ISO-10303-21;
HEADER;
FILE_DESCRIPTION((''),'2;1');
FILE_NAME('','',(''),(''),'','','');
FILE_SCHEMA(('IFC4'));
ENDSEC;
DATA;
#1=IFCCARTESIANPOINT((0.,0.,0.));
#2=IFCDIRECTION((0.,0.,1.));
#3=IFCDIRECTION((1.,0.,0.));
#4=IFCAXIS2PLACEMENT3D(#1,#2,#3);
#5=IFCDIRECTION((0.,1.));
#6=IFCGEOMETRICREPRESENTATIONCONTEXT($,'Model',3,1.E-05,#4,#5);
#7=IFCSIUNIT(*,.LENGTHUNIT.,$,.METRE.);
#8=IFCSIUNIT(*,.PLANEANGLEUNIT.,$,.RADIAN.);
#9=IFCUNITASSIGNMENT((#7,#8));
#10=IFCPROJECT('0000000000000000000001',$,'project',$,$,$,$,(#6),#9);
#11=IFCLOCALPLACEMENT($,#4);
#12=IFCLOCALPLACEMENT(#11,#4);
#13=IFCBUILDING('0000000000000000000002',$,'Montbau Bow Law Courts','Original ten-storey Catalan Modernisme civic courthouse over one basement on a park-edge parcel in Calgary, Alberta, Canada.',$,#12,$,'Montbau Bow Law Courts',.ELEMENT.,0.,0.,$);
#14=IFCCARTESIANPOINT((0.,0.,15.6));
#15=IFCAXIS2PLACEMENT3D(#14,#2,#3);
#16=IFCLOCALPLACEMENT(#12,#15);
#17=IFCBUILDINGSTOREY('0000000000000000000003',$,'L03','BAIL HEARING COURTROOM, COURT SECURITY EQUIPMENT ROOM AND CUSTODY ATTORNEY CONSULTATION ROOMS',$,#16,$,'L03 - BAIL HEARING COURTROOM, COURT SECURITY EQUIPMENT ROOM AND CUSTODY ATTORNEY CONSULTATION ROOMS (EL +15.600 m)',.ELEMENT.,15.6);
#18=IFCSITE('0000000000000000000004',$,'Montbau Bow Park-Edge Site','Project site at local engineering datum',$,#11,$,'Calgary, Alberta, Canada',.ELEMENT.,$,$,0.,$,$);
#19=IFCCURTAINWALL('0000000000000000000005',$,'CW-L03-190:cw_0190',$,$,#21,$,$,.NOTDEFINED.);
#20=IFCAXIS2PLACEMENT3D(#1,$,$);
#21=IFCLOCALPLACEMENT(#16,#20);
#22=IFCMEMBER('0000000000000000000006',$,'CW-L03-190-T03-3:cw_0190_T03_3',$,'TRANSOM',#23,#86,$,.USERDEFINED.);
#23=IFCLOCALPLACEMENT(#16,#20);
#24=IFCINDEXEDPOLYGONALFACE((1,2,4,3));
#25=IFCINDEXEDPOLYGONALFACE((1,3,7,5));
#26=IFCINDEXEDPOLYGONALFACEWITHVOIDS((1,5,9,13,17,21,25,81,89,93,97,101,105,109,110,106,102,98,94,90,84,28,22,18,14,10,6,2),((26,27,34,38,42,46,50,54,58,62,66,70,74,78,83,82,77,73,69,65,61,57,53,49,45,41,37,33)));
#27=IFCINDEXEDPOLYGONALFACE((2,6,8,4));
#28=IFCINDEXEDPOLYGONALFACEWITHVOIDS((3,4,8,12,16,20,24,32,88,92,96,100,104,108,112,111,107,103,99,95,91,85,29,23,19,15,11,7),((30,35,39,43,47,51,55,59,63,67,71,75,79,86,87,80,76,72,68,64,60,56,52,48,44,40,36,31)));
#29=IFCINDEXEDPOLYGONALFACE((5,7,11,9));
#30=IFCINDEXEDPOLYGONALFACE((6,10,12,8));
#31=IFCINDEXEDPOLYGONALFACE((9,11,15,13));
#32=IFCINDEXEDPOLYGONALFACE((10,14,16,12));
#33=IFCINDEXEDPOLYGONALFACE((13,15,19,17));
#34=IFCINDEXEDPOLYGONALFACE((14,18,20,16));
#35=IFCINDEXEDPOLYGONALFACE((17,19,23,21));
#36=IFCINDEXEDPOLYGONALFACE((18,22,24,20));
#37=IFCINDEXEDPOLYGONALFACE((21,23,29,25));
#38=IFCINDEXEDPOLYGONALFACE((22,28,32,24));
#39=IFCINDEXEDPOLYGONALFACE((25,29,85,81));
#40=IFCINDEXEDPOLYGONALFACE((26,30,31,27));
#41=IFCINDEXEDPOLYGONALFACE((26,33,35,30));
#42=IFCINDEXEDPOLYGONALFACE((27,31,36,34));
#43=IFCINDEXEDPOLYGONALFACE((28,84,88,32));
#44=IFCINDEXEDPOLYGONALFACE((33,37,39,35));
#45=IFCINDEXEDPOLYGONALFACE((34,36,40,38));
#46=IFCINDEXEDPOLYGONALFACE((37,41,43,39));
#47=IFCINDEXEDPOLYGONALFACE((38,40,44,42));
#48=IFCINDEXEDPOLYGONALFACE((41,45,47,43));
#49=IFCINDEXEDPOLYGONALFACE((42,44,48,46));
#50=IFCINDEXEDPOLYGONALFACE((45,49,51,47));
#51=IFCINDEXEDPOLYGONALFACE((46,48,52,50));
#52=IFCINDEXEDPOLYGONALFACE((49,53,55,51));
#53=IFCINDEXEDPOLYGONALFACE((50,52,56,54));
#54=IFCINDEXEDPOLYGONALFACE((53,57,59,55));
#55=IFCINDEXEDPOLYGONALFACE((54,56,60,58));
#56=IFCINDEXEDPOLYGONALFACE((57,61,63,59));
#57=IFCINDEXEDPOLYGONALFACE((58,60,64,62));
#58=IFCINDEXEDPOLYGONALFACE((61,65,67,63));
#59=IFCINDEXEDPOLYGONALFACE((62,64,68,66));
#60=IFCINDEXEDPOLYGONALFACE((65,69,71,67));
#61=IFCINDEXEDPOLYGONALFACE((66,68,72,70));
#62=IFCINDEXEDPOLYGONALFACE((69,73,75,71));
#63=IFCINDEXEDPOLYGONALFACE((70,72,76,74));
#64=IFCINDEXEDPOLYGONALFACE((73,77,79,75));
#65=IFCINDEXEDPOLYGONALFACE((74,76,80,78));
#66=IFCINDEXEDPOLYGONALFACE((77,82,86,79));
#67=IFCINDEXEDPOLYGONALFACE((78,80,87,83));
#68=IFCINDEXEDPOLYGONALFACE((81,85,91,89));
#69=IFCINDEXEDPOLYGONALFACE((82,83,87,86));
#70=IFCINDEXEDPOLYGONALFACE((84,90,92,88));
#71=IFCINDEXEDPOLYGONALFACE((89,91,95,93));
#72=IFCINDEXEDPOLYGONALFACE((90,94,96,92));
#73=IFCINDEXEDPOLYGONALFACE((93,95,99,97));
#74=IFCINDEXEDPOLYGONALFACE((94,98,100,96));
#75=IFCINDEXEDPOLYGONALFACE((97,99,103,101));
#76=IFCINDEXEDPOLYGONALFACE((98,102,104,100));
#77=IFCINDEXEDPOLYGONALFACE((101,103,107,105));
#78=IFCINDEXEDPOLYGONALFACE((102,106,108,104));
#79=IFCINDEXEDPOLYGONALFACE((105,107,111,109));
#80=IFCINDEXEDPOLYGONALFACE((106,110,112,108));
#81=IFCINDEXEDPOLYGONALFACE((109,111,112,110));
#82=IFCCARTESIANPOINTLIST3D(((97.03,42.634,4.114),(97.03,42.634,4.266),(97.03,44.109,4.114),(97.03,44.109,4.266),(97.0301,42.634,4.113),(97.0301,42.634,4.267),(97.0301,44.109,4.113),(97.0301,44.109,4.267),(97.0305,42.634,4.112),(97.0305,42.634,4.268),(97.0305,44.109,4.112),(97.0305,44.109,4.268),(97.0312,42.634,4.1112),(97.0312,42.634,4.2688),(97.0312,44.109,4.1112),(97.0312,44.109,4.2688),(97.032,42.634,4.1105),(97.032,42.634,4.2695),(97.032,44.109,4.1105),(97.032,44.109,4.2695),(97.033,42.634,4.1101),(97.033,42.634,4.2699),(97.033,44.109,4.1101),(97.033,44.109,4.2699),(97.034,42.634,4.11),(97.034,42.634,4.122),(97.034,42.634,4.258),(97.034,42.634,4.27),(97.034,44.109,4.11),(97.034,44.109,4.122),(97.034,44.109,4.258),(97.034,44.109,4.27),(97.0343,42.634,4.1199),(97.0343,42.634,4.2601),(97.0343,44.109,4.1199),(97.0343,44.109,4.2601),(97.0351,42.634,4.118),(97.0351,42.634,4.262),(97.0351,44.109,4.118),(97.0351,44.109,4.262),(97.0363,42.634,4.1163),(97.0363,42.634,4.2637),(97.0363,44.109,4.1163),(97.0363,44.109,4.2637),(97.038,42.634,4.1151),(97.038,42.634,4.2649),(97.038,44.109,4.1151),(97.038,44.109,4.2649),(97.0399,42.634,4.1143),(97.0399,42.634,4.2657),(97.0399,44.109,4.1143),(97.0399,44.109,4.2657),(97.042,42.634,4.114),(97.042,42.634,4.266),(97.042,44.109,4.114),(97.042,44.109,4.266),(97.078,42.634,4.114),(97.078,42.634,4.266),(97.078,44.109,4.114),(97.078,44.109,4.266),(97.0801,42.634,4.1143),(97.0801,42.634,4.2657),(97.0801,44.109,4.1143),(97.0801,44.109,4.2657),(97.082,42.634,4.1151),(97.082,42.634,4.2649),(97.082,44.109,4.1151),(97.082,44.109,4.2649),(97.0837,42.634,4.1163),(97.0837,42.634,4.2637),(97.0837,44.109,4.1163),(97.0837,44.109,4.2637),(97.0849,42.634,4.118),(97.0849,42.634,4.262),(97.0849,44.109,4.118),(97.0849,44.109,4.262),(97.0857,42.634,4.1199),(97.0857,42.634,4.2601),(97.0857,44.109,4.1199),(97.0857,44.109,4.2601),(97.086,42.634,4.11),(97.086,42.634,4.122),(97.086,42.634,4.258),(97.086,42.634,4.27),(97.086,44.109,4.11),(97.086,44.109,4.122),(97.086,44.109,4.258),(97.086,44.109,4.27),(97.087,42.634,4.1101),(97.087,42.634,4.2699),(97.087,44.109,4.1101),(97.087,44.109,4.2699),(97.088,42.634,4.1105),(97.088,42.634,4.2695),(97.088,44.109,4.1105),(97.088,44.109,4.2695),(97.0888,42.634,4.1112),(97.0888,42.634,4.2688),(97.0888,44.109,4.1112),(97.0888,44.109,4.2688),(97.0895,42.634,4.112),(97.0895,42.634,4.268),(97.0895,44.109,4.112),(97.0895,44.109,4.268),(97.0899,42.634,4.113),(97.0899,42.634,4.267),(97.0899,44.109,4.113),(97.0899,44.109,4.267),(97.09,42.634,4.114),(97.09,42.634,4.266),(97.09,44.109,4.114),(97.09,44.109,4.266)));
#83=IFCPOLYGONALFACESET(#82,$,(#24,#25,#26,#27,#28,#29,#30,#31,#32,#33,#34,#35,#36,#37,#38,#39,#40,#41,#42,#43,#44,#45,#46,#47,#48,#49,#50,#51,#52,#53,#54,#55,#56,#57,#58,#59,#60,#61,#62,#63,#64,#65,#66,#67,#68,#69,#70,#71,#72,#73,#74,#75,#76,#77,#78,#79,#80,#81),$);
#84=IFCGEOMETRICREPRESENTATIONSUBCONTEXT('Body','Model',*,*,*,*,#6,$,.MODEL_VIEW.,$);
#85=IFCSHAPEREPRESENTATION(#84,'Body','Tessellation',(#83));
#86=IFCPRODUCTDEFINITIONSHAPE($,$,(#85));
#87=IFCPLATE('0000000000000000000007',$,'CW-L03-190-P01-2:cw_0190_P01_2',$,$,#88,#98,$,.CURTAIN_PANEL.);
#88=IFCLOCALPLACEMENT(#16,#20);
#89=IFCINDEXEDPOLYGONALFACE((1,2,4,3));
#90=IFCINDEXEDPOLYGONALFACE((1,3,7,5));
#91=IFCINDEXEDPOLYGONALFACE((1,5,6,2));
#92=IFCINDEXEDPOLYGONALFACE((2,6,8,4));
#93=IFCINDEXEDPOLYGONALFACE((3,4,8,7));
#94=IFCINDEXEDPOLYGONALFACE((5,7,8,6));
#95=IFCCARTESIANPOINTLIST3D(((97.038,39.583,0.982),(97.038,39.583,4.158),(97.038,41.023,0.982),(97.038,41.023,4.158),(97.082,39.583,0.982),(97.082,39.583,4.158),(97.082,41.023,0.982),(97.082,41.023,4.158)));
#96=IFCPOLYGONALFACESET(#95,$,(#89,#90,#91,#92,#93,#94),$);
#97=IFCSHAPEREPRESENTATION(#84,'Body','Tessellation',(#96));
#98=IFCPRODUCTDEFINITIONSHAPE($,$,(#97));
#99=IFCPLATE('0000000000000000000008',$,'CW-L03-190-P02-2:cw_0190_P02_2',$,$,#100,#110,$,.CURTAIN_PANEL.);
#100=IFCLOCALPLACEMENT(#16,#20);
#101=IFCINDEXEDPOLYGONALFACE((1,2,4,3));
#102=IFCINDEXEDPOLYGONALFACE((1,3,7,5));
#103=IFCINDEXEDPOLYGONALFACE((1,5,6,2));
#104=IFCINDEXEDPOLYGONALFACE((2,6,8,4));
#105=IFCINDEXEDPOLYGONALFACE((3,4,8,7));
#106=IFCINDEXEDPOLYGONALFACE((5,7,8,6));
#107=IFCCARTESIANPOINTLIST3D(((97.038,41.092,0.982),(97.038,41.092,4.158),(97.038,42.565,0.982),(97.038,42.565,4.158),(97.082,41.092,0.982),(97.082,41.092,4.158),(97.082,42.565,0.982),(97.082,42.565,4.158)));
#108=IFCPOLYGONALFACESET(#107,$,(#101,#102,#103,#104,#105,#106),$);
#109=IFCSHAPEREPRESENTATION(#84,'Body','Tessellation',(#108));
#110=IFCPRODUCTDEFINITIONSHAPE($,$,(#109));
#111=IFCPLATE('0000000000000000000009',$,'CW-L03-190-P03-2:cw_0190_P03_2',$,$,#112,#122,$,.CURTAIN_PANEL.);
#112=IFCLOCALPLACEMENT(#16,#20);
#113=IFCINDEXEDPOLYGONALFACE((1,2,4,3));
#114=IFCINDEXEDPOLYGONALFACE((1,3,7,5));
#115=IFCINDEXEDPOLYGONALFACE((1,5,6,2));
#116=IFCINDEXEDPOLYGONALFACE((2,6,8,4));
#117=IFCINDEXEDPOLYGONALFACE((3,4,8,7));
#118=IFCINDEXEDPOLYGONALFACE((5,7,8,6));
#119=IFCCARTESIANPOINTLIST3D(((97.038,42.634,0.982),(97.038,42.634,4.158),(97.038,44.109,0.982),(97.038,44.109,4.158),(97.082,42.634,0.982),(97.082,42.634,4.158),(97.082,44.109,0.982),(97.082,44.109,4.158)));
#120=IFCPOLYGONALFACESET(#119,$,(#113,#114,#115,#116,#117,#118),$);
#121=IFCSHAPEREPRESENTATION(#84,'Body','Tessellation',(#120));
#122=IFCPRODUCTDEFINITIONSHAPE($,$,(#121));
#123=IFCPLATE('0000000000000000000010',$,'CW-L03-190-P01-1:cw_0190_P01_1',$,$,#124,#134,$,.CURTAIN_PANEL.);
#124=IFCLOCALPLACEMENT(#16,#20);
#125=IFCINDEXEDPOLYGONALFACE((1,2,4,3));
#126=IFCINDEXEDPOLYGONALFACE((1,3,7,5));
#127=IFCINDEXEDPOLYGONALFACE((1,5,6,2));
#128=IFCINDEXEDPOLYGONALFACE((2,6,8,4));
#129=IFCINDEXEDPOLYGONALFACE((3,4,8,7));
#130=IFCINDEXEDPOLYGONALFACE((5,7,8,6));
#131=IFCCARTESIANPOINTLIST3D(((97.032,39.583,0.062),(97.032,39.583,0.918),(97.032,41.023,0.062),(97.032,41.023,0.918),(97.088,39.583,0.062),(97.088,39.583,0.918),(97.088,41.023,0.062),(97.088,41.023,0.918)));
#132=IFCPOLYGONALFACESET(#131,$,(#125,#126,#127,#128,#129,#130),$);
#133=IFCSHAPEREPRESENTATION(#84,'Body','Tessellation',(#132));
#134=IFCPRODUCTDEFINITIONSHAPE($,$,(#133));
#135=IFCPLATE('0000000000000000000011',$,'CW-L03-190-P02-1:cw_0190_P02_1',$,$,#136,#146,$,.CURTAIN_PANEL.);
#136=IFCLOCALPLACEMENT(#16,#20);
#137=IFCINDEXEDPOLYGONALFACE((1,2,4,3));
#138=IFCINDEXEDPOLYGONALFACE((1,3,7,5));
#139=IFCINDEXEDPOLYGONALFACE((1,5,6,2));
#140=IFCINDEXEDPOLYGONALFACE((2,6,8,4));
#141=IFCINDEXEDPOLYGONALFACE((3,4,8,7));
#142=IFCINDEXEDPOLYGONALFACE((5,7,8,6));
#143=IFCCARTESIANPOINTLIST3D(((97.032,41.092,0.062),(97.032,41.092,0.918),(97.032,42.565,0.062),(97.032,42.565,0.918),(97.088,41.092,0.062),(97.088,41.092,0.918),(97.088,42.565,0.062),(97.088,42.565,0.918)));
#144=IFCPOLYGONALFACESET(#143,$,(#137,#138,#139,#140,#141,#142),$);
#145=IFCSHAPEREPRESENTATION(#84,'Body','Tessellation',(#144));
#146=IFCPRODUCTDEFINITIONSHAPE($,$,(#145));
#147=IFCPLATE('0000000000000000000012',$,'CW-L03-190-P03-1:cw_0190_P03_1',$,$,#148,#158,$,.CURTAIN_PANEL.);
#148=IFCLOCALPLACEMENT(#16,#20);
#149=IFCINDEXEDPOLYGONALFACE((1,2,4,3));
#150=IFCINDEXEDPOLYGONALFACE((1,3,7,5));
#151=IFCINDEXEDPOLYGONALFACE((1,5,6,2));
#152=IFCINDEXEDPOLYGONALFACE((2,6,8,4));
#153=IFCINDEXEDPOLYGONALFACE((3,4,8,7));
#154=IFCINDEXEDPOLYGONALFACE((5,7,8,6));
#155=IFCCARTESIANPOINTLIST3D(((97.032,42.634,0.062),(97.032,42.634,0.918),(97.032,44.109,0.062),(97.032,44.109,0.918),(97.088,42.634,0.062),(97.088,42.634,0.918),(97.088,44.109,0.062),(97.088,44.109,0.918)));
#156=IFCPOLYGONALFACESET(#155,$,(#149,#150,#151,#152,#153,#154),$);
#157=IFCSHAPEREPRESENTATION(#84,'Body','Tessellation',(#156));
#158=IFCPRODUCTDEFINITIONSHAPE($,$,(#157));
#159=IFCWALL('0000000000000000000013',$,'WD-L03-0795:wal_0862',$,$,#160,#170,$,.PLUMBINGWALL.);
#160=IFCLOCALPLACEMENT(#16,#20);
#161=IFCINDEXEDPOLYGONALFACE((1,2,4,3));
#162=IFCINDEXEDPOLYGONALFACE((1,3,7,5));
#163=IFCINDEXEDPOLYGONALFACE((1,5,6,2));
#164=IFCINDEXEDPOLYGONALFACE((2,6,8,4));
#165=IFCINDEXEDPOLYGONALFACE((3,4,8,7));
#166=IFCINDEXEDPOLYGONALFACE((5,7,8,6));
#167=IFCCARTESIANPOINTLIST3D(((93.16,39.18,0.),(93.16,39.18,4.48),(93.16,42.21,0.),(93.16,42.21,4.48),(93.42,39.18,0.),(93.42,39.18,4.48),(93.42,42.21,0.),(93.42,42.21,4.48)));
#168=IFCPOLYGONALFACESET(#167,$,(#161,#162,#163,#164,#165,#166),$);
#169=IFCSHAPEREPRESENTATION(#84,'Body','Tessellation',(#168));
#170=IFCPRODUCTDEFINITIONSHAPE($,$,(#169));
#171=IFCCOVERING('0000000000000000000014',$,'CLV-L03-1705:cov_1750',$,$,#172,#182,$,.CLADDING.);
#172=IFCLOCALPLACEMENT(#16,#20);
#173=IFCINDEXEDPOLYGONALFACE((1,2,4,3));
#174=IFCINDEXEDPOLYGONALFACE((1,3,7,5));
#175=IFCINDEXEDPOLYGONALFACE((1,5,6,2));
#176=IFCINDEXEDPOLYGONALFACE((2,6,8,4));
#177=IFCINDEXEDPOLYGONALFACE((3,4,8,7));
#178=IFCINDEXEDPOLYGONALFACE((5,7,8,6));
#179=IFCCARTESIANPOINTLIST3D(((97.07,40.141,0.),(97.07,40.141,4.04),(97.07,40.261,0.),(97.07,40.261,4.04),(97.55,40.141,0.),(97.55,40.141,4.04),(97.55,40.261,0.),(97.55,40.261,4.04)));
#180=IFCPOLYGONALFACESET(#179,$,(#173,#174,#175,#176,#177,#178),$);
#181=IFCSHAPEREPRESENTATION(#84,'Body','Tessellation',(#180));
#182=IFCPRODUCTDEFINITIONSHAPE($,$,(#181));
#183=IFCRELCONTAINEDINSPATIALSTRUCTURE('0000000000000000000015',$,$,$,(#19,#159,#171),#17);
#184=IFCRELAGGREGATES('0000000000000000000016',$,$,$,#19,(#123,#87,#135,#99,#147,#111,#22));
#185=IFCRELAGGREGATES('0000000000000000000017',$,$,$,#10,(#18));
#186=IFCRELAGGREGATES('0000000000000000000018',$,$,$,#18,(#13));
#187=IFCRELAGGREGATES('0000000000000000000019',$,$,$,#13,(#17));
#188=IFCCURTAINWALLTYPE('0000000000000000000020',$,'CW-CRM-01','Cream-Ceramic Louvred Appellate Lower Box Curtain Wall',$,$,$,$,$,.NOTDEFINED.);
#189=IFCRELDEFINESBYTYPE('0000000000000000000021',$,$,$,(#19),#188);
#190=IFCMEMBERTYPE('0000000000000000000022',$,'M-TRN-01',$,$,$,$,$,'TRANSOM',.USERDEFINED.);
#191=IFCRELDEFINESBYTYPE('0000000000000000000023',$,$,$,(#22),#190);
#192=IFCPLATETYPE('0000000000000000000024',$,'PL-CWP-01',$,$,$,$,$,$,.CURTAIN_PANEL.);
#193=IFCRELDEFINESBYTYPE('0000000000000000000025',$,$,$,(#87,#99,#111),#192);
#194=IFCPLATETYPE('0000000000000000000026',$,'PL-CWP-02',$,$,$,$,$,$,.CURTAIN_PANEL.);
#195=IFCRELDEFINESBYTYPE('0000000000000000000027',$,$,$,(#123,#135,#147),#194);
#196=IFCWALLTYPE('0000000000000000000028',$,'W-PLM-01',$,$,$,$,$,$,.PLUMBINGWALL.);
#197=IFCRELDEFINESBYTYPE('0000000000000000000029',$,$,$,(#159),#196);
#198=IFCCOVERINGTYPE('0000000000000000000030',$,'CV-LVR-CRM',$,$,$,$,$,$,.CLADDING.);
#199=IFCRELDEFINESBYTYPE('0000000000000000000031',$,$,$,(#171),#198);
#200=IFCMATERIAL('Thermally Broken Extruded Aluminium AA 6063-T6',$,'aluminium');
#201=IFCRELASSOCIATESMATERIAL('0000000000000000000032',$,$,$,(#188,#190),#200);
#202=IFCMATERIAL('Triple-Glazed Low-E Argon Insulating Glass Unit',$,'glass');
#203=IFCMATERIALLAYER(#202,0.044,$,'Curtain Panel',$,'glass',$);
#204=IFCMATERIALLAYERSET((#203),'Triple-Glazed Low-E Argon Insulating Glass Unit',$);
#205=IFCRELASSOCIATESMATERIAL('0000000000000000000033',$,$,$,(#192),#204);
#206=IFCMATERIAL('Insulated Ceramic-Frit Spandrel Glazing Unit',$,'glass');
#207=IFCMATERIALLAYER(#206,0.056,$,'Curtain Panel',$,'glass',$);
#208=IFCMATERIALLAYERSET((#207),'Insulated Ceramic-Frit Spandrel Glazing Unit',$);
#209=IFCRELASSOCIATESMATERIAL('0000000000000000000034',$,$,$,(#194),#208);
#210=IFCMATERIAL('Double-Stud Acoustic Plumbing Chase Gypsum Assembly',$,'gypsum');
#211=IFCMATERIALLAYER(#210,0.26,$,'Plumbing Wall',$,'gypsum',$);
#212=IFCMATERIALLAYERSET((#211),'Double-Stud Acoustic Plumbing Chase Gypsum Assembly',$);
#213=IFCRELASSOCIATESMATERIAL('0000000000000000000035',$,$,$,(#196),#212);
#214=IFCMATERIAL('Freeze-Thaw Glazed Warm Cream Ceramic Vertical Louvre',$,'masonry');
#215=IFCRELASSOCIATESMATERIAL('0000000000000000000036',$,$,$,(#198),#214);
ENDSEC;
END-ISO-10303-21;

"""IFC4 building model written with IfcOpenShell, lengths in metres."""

from ifc_helpers import new_model, si_unit, direction, frame, frame_2d, origin_with_axes, origin_2d_with_axis, place, context, subcontext, project, spatial, rectangle, hollow_rectangle, extrude, material, layer, layer_set, material_profile, profile_set, type_object, element, aggregate, save


model = new_model("IFC4")

# Units and contexts
model_context = context("Model", 3, precision=1e-05, world=origin_with_axes(), true_north=direction((0.0, 1.0)))
body_context = subcontext(model_context, "Body", "Model", "MODEL_VIEW")
ifc_project = project(units=[si_unit("LENGTHUNIT", "METRE"), si_unit("PLANEANGLEUNIT", "RADIAN")], contexts=[model_context])

# Site, building, storey
site_placement = place(None, origin_with_axes())
site = spatial("IfcSite", under=ifc_project, at=site_placement, Name="Montbau Bow Park-Edge Site", Description="Project site at local engineering datum", LongName="Calgary, Alberta, Canada", CompositionType="ELEMENT", RefElevation=0.0)
building_placement = place(site_placement, origin_with_axes())
building = spatial("IfcBuilding", under=site, at=building_placement, Name="Montbau Bow Law Courts", Description="Original ten-storey Catalan Modernisme civic courthouse over one basement on a park-edge parcel in Calgary, Alberta, Canada.", LongName="Montbau Bow Law Courts", CompositionType="ELEMENT", ElevationOfRefHeight=0.0, ElevationOfTerrain=0.0)
storey_placement = place(building_placement, frame((0.0, 0.0, 15.6), z_axis=(0.0, 0.0, 1.0), x_axis=(1.0, 0.0, 0.0)))
storey = spatial("IfcBuildingStorey", under=building, at=storey_placement, Name="L03", Description="BAIL HEARING COURTROOM, COURT SECURITY EQUIPMENT ROOM AND CUSTODY ATTORNEY CONSULTATION ROOMS", LongName="L03 - BAIL HEARING COURTROOM, COURT SECURITY EQUIPMENT ROOM AND CUSTODY ATTORNEY CONSULTATION ROOMS (EL +15.600 m)", CompositionType="ELEMENT", Elevation=15.6)

# Shared definitions
ifc_material_1 = material(Name="Thermally Broken Extruded Aluminium AA 6063-T6", Category="aluminium")
curtain_wall_type = type_object("IfcCurtainWallType", Name="CW-CRM-01", Description="Cream-Ceramic Louvred Appellate Lower Box Curtain Wall", PredefinedType="NOTDEFINED", material=ifc_material_1)

# Curtain wall
curtain_wall_1_placement = place(None, frame((97.06, 39.515, 15.6), z_axis=(0.0, 0.0, 1.0), x_axis=(1.0, 0.0, 0.0)))
curtain_wall_1 = element("IfcCurtainWall", 1, at=curtain_wall_1_placement, inside=storey, type_object=curtain_wall_type, Name="CW-L03-190:cw_0190", PredefinedType="NOTDEFINED")

# Member
ifc_material_profile_1 = material_profile(ifc_material_1, hollow_rectangle(XDim=0.06, YDim=0.16, WallThickness=0.004, InnerFilletRadius=0.008, OuterFilletRadius=0.004, at=origin_2d_with_axis()), Name="CWT-160X60", Category="Main", Priority=0)
ifc_profile_set_1 = profile_set([ifc_material_profile_1], Name="Thermally Broken Extruded Aluminium AA 6063-T6")
member_type_1 = type_object("IfcMemberType", Name="M-TRN-01", ElementType="TRANSOM", PredefinedType="USERDEFINED", material=ifc_profile_set_1)
member_1_placement = place(None, frame((97.06, 42.634, 19.79), z_axis=(0.0, 1.0, 0.0), x_axis=(-1.0, 0.0, 0.0)))
member_1 = element("IfcMember", 2, at=member_1_placement, type_object=member_type_1, Name="CW-L03-190-T03-3:cw_0190_T03_3", ObjectType="TRANSOM", PredefinedType="USERDEFINED", context=body_context, shape_type="SweptSolid", body=[
    extrude(hollow_rectangle(XDim=0.06, YDim=0.16, WallThickness=0.004, InnerFilletRadius=0.008, OuterFilletRadius=0.004, at=origin_2d_with_axis()), origin_with_axes(), (0.0, 0.0, 1.0), 1.475),
])

# Plates
ifc_material_2 = material(Name="Triple-Glazed Low-E Argon Insulating Glass Unit", Category="glass")
ifc_layer_1 = layer(ifc_material_2, 0.044, Name="Curtain Panel", Category="glass")
ifc_layer_set_1 = layer_set([ifc_layer_1], Name="Triple-Glazed Low-E Argon Insulating Glass Unit")
plate_type_1 = type_object("IfcPlateType", Name="PL-CWP-01", PredefinedType="CURTAIN_PANEL", material=ifc_layer_set_1)
plate_1_placement = place(None, frame((97.06, 39.583, 16.582), z_axis=(1.0, 0.0, 0.0), x_axis=(0.0, 1.0, 0.0)))
plate_1 = element("IfcPlate", 3, at=plate_1_placement, type_object=plate_type_1, Name="CW-L03-190-P01-2:cw_0190_P01_2", PredefinedType="CURTAIN_PANEL", context=body_context, shape_type="SweptSolid", body=[
    extrude(rectangle(XDim=1.44, YDim=3.176, at=frame_2d((0.72, 1.588), x_axis=(1.0, 0.0))), frame((0.0, 0.0, -0.022), z_axis=(0.0, 0.0, 1.0), x_axis=(1.0, 0.0, 0.0)), (0.0, 0.0, 1.0), 0.044),
])
plate_2_placement = place(None, frame((97.06, 41.092, 16.582), z_axis=(1.0, 0.0, 0.0), x_axis=(0.0, 1.0, 0.0)))
plate_2 = element("IfcPlate", 4, at=plate_2_placement, type_object=plate_type_1, Name="CW-L03-190-P02-2:cw_0190_P02_2", PredefinedType="CURTAIN_PANEL", context=body_context, shape_type="SweptSolid", body=[
    extrude(rectangle(XDim=1.473, YDim=3.176, at=frame_2d((0.7365, 1.588), x_axis=(1.0, 0.0))), frame((0.0, 0.0, -0.022), z_axis=(0.0, 0.0, 1.0), x_axis=(1.0, 0.0, 0.0)), (0.0, 0.0, 1.0), 0.044),
])
plate_3_placement = place(None, frame((97.06, 42.634, 16.582), z_axis=(1.0, 0.0, 0.0), x_axis=(0.0, 1.0, 0.0)))
plate_3 = element("IfcPlate", 5, at=plate_3_placement, type_object=plate_type_1, Name="CW-L03-190-P03-2:cw_0190_P03_2", PredefinedType="CURTAIN_PANEL", context=body_context, shape_type="SweptSolid", body=[
    extrude(rectangle(XDim=1.475, YDim=3.176, at=frame_2d((0.7375, 1.588), x_axis=(1.0, 0.0))), frame((0.0, 0.0, -0.022), z_axis=(0.0, 0.0, 1.0), x_axis=(1.0, 0.0, 0.0)), (0.0, 0.0, 1.0), 0.044),
])
ifc_material_3 = material(Name="Insulated Ceramic-Frit Spandrel Glazing Unit", Category="glass")
ifc_layer_2 = layer(ifc_material_3, 0.056, Name="Curtain Panel", Category="glass")
ifc_layer_set_2 = layer_set([ifc_layer_2], Name="Insulated Ceramic-Frit Spandrel Glazing Unit")
plate_type_2 = type_object("IfcPlateType", Name="PL-CWP-02", PredefinedType="CURTAIN_PANEL", material=ifc_layer_set_2)
plate_4_placement = place(None, frame((97.06, 39.583, 15.662), z_axis=(1.0, 0.0, 0.0), x_axis=(0.0, 1.0, 0.0)))
plate_4 = element("IfcPlate", 6, at=plate_4_placement, type_object=plate_type_2, Name="CW-L03-190-P01-1:cw_0190_P01_1", PredefinedType="CURTAIN_PANEL", context=body_context, shape_type="SweptSolid", body=[
    extrude(rectangle(XDim=1.44, YDim=0.856, at=frame_2d((0.72, 0.428), x_axis=(1.0, 0.0))), frame((0.0, 0.0, -0.028), z_axis=(0.0, 0.0, 1.0), x_axis=(1.0, 0.0, 0.0)), (0.0, 0.0, 1.0), 0.056),
])
plate_5_placement = place(None, frame((97.06, 41.092, 15.662), z_axis=(1.0, 0.0, 0.0), x_axis=(0.0, 1.0, 0.0)))
plate_5 = element("IfcPlate", 7, at=plate_5_placement, type_object=plate_type_2, Name="CW-L03-190-P02-1:cw_0190_P02_1", PredefinedType="CURTAIN_PANEL", context=body_context, shape_type="SweptSolid", body=[
    extrude(rectangle(XDim=1.473, YDim=0.856, at=frame_2d((0.7365, 0.428), x_axis=(1.0, 0.0))), frame((0.0, 0.0, -0.028), z_axis=(0.0, 0.0, 1.0), x_axis=(1.0, 0.0, 0.0)), (0.0, 0.0, 1.0), 0.056),
])
plate_6_placement = place(None, frame((97.06, 42.634, 15.662), z_axis=(1.0, 0.0, 0.0), x_axis=(0.0, 1.0, 0.0)))
plate_6 = element("IfcPlate", 8, at=plate_6_placement, type_object=plate_type_2, Name="CW-L03-190-P03-1:cw_0190_P03_1", PredefinedType="CURTAIN_PANEL", context=body_context, shape_type="SweptSolid", body=[
    extrude(rectangle(XDim=1.475, YDim=0.856, at=frame_2d((0.7375, 0.428), x_axis=(1.0, 0.0))), frame((0.0, 0.0, -0.028), z_axis=(0.0, 0.0, 1.0), x_axis=(1.0, 0.0, 0.0)), (0.0, 0.0, 1.0), 0.056),
])
aggregate(curtain_wall_1, [plate_4, plate_1, plate_5, plate_2, plate_6, plate_3, member_1])

# Wall
ifc_material_4 = material(Name="Double-Stud Acoustic Plumbing Chase Gypsum Assembly", Category="gypsum")
ifc_layer_3 = layer(ifc_material_4, 0.26, Name="Plumbing Wall", Category="gypsum")
ifc_layer_set_3 = layer_set([ifc_layer_3], Name="Double-Stud Acoustic Plumbing Chase Gypsum Assembly")
wall_type = type_object("IfcWallType", Name="W-PLM-01", PredefinedType="PLUMBINGWALL", material=ifc_layer_set_3)
wall_placement = place(None, frame((93.29, 39.18, 15.6), z_axis=(0.0, 0.0, 1.0), x_axis=(0.0, 1.0, 0.0)))
element("IfcWall", 9, at=wall_placement, inside=storey, type_object=wall_type, Name="WD-L03-0795:wal_0862", PredefinedType="PLUMBINGWALL", context=body_context, shape_type="SweptSolid", body=[
    extrude(rectangle(XDim=3.03, YDim=0.26, at=frame_2d((1.515, 0.0), x_axis=(1.0, 0.0))), origin_with_axes(), (0.0, 0.0, 1.0), 4.48),
])

# Covering
ifc_material_5 = material(Name="Freeze-Thaw Glazed Warm Cream Ceramic Vertical Louvre", Category="masonry")
covering_type = type_object("IfcCoveringType", Name="CV-LVR-CRM", PredefinedType="CLADDING", material=ifc_material_5)
for number, where, z_axis, x_axis, name in (
    (10, (97.07, 40.201, 15.6), (0.0, -1.0, 0.0), (1.0, 0.0, 0.0), "CLV-L03-1705:cov_1750"),
):
    element("IfcCovering", number, at=place(None, frame(where, z_axis=z_axis, x_axis=x_axis)), inside=storey, type_object=covering_type, Name=name, PredefinedType="CLADDING", context=body_context, shape_type="SweptSolid", body=[
        extrude(rectangle(XDim=0.48, YDim=4.04, at=frame_2d((0.24, 2.02), x_axis=(1.0, 0.0))), frame((0.0, 0.0, -0.06), z_axis=(0.0, 0.0, 1.0), x_axis=(1.0, 0.0, 0.0)), (0.0, 0.0, 1.0), 0.12),
    ])

save(model, "model.ifc")
